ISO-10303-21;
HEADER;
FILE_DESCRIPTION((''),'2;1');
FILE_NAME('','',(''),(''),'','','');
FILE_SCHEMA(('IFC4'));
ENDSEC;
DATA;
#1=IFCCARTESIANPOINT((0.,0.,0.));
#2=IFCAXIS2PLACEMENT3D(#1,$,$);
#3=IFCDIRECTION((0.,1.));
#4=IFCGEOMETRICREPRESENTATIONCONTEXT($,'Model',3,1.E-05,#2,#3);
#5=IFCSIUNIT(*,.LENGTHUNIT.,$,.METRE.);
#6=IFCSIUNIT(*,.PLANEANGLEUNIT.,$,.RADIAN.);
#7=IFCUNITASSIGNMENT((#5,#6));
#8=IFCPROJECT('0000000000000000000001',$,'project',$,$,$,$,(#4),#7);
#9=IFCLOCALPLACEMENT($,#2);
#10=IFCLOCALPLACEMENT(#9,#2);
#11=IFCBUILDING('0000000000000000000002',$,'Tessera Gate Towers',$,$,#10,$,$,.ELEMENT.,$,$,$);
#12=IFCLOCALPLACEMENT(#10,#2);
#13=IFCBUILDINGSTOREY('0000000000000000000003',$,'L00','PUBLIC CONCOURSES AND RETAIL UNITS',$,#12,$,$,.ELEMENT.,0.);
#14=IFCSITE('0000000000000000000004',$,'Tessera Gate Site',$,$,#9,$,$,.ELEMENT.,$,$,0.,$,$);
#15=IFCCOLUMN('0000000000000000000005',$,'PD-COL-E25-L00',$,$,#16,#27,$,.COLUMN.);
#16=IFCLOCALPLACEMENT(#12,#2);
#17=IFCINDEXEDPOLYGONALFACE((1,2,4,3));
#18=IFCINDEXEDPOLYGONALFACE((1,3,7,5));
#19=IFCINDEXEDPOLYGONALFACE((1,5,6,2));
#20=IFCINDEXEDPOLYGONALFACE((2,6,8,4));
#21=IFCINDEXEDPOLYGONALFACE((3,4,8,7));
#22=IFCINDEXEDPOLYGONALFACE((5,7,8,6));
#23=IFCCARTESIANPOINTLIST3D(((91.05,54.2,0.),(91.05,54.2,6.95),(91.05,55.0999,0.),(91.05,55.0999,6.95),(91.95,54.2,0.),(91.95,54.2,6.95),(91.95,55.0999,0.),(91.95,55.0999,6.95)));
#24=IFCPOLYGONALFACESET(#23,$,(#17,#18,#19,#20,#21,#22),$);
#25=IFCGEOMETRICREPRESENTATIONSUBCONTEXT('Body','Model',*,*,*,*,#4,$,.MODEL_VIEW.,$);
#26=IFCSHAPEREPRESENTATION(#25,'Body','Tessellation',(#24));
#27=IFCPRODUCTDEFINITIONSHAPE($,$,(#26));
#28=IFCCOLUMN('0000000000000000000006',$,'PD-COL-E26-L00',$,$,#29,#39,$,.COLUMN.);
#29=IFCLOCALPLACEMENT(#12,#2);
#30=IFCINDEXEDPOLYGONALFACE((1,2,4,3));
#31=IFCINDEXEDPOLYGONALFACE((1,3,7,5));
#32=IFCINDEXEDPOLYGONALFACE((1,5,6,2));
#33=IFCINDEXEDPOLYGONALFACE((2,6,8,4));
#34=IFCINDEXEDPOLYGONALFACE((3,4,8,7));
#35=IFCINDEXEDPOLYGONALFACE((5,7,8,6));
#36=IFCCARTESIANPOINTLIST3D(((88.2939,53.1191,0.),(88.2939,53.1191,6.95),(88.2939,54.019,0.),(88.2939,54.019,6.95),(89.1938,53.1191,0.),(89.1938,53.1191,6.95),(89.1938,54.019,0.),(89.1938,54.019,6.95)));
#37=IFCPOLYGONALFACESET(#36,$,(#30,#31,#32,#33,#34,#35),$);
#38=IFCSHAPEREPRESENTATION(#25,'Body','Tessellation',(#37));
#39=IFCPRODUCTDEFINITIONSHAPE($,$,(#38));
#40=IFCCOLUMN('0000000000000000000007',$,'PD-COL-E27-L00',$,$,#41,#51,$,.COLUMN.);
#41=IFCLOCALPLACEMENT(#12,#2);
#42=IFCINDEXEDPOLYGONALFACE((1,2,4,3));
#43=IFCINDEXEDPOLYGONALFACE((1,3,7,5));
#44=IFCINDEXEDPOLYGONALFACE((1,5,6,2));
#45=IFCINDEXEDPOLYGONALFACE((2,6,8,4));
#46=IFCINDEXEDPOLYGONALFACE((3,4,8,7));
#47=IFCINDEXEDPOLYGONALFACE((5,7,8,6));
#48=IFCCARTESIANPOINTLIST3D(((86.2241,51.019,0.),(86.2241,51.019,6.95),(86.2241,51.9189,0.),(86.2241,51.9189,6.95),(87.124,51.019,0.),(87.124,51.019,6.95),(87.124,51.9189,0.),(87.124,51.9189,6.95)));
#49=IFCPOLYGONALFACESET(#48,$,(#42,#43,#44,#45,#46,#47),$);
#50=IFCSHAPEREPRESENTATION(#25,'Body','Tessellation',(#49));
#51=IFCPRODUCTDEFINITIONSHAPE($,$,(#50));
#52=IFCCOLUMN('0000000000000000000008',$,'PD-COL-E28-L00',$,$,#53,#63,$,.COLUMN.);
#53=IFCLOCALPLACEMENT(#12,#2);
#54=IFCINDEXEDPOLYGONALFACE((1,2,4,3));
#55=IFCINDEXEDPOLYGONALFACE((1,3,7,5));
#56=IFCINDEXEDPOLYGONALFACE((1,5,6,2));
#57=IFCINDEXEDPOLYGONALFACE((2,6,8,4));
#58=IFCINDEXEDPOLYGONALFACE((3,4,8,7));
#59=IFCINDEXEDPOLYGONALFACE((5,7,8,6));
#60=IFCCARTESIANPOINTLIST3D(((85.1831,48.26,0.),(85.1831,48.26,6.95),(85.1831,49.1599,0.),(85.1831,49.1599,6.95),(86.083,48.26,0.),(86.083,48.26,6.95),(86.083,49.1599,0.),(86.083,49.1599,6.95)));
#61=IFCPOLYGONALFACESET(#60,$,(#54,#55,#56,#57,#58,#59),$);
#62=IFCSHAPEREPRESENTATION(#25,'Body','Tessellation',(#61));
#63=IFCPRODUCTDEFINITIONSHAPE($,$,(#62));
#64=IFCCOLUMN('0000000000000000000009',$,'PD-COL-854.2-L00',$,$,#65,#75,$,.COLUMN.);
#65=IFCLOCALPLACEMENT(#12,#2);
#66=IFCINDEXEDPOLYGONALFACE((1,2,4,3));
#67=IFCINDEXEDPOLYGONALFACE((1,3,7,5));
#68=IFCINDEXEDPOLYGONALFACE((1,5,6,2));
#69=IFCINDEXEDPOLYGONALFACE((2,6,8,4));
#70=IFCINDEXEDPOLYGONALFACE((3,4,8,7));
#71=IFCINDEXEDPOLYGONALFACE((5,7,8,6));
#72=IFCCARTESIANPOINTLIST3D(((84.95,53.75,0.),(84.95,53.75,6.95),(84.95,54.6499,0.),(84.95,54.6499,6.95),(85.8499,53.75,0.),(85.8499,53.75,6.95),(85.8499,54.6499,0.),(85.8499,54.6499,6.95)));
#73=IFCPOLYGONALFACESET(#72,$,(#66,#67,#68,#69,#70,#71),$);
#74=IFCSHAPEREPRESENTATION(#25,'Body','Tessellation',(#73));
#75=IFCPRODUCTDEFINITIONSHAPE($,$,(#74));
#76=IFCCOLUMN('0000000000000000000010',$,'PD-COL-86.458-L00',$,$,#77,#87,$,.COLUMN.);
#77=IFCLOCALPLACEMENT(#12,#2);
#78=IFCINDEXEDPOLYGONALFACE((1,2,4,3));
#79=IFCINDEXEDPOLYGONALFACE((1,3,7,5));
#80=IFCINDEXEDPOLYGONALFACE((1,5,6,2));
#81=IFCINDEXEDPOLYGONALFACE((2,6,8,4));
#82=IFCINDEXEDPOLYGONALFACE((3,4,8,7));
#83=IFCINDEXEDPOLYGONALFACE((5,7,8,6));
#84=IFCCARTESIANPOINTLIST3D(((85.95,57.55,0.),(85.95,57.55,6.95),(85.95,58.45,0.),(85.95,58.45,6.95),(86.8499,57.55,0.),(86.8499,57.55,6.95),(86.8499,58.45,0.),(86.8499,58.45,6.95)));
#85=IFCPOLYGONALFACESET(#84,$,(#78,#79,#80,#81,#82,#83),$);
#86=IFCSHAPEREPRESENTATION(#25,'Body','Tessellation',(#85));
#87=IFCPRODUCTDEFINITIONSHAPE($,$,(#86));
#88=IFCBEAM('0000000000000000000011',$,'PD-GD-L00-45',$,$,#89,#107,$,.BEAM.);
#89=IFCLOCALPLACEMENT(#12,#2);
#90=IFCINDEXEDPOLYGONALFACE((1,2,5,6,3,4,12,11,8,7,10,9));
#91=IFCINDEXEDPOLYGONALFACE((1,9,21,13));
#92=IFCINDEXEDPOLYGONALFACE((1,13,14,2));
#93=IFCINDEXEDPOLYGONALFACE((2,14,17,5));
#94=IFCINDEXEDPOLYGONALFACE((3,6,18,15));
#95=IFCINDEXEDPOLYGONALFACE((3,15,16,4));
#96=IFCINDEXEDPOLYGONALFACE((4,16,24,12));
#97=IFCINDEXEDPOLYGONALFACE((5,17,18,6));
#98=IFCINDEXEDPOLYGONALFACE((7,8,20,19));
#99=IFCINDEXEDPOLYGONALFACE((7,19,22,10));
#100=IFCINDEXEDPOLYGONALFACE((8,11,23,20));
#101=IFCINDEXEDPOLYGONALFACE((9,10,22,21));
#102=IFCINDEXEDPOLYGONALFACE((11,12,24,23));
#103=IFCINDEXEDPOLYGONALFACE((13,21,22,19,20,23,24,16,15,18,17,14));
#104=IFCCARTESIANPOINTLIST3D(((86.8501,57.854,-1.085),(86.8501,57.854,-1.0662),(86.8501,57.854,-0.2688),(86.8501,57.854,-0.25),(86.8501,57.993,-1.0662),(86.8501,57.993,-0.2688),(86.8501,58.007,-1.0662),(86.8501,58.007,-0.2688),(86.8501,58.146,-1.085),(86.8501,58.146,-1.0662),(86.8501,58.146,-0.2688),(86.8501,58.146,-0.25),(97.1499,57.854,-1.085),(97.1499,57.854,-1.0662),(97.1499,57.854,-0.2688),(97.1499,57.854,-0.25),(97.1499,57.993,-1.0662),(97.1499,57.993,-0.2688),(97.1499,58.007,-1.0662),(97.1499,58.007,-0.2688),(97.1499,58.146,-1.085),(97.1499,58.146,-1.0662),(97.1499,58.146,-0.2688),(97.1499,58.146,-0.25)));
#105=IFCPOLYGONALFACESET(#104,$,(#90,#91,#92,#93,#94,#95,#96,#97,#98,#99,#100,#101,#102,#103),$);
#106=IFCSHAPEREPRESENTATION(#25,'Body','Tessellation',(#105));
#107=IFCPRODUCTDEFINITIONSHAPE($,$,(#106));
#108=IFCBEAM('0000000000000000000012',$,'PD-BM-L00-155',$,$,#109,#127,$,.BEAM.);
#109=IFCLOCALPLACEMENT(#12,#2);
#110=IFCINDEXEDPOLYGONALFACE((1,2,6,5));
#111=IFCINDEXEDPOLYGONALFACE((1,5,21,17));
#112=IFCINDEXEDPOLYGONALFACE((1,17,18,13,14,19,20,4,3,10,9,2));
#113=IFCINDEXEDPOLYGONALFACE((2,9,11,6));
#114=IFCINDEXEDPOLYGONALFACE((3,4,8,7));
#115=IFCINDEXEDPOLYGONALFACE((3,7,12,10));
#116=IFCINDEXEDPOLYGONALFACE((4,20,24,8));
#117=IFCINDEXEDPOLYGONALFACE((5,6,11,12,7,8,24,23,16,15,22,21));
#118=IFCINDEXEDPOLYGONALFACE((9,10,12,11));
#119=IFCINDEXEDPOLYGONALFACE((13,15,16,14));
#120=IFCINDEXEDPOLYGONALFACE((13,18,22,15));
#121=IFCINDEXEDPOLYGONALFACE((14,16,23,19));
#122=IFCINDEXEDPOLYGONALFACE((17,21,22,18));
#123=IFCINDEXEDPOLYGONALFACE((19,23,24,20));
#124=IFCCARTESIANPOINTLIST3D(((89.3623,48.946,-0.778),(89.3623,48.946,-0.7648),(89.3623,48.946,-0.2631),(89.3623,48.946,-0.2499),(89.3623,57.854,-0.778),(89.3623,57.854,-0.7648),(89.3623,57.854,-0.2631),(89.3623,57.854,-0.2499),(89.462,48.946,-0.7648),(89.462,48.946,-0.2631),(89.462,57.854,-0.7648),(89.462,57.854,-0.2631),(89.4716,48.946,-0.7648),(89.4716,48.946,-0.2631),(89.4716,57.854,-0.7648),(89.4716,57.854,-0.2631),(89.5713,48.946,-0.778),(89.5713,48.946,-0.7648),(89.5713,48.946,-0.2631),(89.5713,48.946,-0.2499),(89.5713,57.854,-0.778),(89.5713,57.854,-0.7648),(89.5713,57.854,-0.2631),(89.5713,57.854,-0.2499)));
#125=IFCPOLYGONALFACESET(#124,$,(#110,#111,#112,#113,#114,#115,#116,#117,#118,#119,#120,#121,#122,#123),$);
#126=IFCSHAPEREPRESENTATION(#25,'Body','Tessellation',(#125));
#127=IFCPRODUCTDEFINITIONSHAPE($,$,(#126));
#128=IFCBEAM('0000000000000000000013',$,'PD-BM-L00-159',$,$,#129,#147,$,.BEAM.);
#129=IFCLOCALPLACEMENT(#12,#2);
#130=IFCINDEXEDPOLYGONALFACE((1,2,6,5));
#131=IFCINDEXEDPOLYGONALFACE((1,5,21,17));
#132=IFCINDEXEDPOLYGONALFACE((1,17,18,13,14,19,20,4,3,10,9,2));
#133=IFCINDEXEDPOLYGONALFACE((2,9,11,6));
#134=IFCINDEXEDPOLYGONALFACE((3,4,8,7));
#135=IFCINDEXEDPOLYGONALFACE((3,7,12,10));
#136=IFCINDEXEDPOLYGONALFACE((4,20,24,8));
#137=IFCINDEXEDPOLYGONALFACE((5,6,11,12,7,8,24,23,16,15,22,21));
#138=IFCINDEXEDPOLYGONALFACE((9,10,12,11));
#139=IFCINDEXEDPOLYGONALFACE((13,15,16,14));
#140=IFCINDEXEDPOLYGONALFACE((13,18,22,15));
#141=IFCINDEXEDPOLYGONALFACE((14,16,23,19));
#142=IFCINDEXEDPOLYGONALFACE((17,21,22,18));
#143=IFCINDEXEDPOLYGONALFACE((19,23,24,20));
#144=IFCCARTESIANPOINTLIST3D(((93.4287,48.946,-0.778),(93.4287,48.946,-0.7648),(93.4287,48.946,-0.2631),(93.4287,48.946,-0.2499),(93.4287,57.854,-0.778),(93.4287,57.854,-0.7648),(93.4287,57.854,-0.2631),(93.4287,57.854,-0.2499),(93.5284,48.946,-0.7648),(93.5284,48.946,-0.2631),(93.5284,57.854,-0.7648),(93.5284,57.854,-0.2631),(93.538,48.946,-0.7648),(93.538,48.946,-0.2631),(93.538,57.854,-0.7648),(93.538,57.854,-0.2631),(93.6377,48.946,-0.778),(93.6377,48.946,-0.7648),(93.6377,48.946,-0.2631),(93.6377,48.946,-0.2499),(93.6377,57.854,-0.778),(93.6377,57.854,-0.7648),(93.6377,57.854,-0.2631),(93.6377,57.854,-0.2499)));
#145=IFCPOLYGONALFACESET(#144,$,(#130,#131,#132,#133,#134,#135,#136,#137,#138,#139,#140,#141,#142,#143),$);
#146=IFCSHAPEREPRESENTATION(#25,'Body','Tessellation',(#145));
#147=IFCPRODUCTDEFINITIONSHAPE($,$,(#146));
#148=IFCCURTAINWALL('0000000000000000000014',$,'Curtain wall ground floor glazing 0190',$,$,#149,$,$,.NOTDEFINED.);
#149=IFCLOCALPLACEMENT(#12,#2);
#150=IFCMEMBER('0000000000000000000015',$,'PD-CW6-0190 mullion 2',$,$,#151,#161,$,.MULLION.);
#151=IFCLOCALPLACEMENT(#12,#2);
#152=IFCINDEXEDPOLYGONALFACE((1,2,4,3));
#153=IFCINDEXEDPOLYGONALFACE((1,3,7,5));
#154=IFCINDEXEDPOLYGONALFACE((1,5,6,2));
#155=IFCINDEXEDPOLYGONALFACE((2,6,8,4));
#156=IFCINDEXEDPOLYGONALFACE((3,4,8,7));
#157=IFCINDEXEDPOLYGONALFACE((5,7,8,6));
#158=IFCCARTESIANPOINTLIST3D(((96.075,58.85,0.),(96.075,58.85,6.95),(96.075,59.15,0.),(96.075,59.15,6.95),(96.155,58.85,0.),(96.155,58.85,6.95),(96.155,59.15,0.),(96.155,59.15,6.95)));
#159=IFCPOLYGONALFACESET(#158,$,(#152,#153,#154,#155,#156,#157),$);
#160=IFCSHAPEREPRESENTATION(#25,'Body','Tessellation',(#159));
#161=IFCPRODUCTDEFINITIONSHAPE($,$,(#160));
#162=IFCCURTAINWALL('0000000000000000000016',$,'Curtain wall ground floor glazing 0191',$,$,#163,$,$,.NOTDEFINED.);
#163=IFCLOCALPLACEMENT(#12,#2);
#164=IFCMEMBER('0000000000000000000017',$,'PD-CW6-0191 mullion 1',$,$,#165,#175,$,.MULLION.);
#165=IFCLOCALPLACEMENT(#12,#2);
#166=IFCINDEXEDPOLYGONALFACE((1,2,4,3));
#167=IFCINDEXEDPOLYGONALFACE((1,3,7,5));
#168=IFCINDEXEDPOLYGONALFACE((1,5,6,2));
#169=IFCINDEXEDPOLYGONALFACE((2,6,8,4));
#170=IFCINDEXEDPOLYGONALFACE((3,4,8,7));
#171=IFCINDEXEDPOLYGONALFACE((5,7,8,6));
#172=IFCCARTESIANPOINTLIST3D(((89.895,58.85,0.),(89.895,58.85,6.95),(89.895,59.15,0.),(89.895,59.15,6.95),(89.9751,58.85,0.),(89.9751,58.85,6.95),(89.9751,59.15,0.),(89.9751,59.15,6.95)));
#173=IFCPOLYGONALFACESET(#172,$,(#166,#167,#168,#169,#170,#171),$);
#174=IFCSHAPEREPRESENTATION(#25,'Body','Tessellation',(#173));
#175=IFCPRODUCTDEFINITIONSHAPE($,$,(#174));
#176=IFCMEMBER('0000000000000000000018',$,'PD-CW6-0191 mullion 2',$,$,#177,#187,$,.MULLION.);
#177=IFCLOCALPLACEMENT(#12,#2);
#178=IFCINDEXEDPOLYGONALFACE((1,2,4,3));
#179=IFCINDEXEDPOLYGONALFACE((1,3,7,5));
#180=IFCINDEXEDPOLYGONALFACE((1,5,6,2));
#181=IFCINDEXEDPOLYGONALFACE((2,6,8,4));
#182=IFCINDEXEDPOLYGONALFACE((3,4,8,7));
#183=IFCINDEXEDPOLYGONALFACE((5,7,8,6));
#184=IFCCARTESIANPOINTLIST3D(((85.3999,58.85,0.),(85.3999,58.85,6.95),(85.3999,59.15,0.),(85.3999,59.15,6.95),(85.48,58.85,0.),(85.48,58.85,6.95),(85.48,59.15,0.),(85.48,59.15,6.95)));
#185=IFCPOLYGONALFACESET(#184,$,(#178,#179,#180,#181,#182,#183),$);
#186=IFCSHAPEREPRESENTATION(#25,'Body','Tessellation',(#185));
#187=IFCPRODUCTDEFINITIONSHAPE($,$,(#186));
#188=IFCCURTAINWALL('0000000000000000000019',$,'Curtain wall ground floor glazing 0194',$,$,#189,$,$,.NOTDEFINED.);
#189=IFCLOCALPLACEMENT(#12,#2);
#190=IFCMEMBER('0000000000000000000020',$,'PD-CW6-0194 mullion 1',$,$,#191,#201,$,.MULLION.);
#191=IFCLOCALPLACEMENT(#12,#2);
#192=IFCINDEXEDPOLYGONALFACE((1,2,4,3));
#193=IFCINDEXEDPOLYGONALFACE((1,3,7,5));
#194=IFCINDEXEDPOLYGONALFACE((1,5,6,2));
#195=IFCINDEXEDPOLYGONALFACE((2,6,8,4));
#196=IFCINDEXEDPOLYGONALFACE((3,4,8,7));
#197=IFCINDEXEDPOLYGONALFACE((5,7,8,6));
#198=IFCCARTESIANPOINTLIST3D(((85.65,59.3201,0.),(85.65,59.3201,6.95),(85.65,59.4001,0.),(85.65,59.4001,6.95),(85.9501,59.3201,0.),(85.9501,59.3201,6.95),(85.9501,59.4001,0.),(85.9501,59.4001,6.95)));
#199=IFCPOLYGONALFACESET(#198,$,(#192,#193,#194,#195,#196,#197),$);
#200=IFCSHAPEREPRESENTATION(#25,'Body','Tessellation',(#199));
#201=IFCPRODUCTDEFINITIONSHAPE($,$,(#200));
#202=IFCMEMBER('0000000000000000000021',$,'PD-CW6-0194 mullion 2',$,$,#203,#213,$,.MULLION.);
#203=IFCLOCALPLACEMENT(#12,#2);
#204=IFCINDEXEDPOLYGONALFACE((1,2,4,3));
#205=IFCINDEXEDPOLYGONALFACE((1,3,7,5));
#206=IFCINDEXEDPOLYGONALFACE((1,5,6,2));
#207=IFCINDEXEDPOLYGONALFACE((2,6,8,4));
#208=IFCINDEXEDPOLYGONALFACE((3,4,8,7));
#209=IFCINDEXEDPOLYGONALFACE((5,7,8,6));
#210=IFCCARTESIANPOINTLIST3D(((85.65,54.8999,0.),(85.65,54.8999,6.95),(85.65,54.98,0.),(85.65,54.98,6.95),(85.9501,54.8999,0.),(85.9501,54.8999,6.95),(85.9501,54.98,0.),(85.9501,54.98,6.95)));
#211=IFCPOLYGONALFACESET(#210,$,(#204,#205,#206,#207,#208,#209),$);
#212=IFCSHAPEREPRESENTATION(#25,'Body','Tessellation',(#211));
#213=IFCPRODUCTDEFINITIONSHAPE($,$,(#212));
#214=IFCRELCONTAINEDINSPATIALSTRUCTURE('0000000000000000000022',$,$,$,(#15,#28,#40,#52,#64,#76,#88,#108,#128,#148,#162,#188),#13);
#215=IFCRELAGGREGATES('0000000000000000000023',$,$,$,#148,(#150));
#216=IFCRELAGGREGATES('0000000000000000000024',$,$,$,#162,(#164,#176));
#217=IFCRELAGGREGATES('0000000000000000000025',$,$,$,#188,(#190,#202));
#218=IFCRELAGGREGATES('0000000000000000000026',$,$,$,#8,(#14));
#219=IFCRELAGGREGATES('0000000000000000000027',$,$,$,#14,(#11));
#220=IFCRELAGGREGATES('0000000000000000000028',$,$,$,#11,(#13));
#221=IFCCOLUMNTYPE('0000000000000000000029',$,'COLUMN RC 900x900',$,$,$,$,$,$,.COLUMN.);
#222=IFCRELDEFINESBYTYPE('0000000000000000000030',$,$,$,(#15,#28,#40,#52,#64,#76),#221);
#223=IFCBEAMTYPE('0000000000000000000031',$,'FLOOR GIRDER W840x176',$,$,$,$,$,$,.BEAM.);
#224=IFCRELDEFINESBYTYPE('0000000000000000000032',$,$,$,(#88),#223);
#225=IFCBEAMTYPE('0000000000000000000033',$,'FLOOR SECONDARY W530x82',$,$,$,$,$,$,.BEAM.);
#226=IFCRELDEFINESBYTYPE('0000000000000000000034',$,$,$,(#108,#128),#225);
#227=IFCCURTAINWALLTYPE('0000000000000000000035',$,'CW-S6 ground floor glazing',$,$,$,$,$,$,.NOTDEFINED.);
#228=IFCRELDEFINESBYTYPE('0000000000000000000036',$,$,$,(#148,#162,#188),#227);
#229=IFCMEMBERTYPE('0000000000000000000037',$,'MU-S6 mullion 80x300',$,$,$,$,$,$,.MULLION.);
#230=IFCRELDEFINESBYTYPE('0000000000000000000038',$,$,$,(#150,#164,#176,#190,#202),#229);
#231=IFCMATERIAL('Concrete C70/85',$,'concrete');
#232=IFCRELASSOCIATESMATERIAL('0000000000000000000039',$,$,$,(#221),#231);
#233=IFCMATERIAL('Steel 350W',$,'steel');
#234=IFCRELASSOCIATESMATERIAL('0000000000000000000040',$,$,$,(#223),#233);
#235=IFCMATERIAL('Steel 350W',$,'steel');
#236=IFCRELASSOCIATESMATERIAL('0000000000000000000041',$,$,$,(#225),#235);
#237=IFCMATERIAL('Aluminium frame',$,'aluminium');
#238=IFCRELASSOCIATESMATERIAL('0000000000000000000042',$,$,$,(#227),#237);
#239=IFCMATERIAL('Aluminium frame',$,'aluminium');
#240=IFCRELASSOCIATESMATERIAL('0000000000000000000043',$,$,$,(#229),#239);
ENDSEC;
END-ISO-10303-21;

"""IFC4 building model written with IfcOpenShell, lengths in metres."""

from ifc_helpers import new_model, si_unit, direction, frame, origin, origin_2d, place, context, subcontext, project, spatial, rectangle, i_section, extrude, material, material_profile, profile_set, type_object, element, aggregate, save


model = new_model("IFC4")

# Units and contexts
model_context = context("Model", 3, precision=1e-05, world=origin(), true_north=direction((0.0, 1.0)))
body_context = subcontext(model_context, "Body", "Model", "MODEL_VIEW")
ifc_project = project(units=[si_unit("LENGTHUNIT", "METRE"), si_unit("PLANEANGLEUNIT", "RADIAN")], contexts=[model_context])

# Site, building, storey
site_placement = place(None, origin())
site = spatial("IfcSite", under=ifc_project, at=site_placement, Name="Tessera Gate Site", CompositionType="ELEMENT", RefElevation=0.0)
building_placement = place(site_placement, origin())
building = spatial("IfcBuilding", under=site, at=building_placement, Name="Tessera Gate Towers", CompositionType="ELEMENT")
storey_placement = place(building_placement, origin())
storey = spatial("IfcBuildingStorey", under=building, at=storey_placement, Name="L00", Description="PUBLIC CONCOURSES AND RETAIL UNITS", CompositionType="ELEMENT", Elevation=0.0)

# Columns
ifc_material_1 = material(Name="Concrete C70/85", Category="concrete")
ifc_material_profile_1 = material_profile(ifc_material_1, rectangle(XDim=0.8999, YDim=0.8999, at=origin_2d()), Name="RC 900x900")
ifc_profile_set_1 = profile_set([ifc_material_profile_1], Name="Concrete C70/85")
column_type = type_object("IfcColumnType", Name="COLUMN RC 900x900", PredefinedType="COLUMN", material=ifc_profile_set_1)
for number, where, z_axis, x_axis, name in (
    (1, (91.5, 54.6499, 0.0), (0.0, 0.0, 1.0), (1.0, 0.0, 0.0), "PD-COL-E25-L00"),
    (2, (88.7439, 53.5691, 0.0), (0.0, 0.0, 1.0), (1.0, 0.0, 0.0), "PD-COL-E26-L00"),
    (3, (86.6741, 51.469, 0.0), (0.0, 0.0, 1.0), (1.0, 0.0, 0.0), "PD-COL-E27-L00"),
    (4, (85.6331, 48.71, 0.0), (0.0, 0.0, 1.0), (1.0, 0.0, 0.0), "PD-COL-E28-L00"),
    (5, (85.3999, 54.2, 0.0), (0.0, 0.0, 1.0), (1.0, 0.0, 0.0), "PD-COL-854.2-L00"),
    (6, (86.3999, 58.0, 0.0), (0.0, 0.0, 1.0), (1.0, 0.0, 0.0), "PD-COL-86.458-L00"),
):
    element("IfcColumn", number, at=place(storey_placement, frame(where, z_axis=z_axis, x_axis=x_axis)), inside=storey, type_object=column_type, Name=name, PredefinedType="COLUMN", context=body_context, shape_type="SweptSolid", body=[
        extrude(rectangle(XDim=0.8999, YDim=0.8999, at=origin_2d()), origin(), (0.0, 0.0, 1.0), 6.95),
    ])

# Beams
ifc_material_2 = material(Name="Steel 350W", Category="steel")
ifc_material_profile_2 = material_profile(ifc_material_2, i_section(OverallWidth=0.292, OverallDepth=0.835, WebThickness=0.0139, FlangeThickness=0.0188, at=origin_2d()), Name="W840x176")
ifc_profile_set_2 = profile_set([ifc_material_profile_2], Name="Steel 350W")
beam_type_1 = type_object("IfcBeamType", Name="FLOOR GIRDER W840x176", PredefinedType="BEAM", material=ifc_profile_set_2)
beam_placement = place(storey_placement, frame((86.8501, 58.0, -0.6675), z_axis=(1.0, 0.0, 0.0), x_axis=(0.0, 1.0, 0.0)))
element("IfcBeam", 7, at=beam_placement, inside=storey, type_object=beam_type_1, Name="PD-GD-L00-45", PredefinedType="BEAM", context=body_context, shape_type="SweptSolid", body=[
    extrude(i_section(OverallWidth=0.292, OverallDepth=0.835, WebThickness=0.0139, FlangeThickness=0.0188, at=origin_2d()), origin(), (0.0, 0.0, 1.0), 10.2998),
])
ifc_material_3 = material(Name="Steel 350W", Category="steel")
ifc_material_profile_3 = material_profile(ifc_material_3, i_section(OverallWidth=0.209, OverallDepth=0.5281, WebThickness=0.0095, FlangeThickness=0.0132, at=origin_2d()), Name="W530x82")
ifc_profile_set_3 = profile_set([ifc_material_profile_3], Name="Steel 350W")
beam_type_2 = type_object("IfcBeamType", Name="FLOOR SECONDARY W530x82", PredefinedType="BEAM", material=ifc_profile_set_3)
for number, where, z_axis, x_axis, name in (
    (8, (89.4668, 48.946, -0.5139), (0.0, 1.0, 0.0), (-1.0, 0.0, 0.0), "PD-BM-L00-155"),
    (9, (93.5332, 48.946, -0.5139), (0.0, 1.0, 0.0), (-1.0, 0.0, 0.0), "PD-BM-L00-159"),
):
    element("IfcBeam", number, at=place(storey_placement, frame(where, z_axis=z_axis, x_axis=x_axis)), inside=storey, type_object=beam_type_2, Name=name, PredefinedType="BEAM", context=body_context, shape_type="SweptSolid", body=[
        extrude(i_section(OverallWidth=0.209, OverallDepth=0.5281, WebThickness=0.0095, FlangeThickness=0.0132, at=origin_2d()), origin(), (0.0, 0.0, 1.0), 8.908),
    ])

# Curtain wall, member
ifc_material_4 = material(Name="Aluminium frame", Category="aluminium")
curtain_wall_type = type_object("IfcCurtainWallType", Name="CW-S6 ground floor glazing", PredefinedType="NOTDEFINED", material=ifc_material_4)
curtain_wall_1_placement = place(storey_placement, origin())
curtain_wall_1 = element("IfcCurtainWall", 10, at=curtain_wall_1_placement, inside=storey, type_object=curtain_wall_type, Name="Curtain wall ground floor glazing 0190", PredefinedType="NOTDEFINED")
ifc_material_5 = material(Name="Aluminium frame", Category="aluminium")
ifc_material_profile_4 = material_profile(ifc_material_5, rectangle(XDim=0.0801, YDim=0.3, at=origin_2d()), Name="AL 80x300")
ifc_profile_set_4 = profile_set([ifc_material_profile_4], Name="Aluminium frame")
member_type_1 = type_object("IfcMemberType", Name="MU-S6 mullion 80x300", PredefinedType="MULLION", material=ifc_profile_set_4)
member_1_placement = place(storey_placement, frame((96.115, 59.0, 0.0), z_axis=(0.0, 0.0, 1.0), x_axis=(-1.0, 0.0, 0.0)))
member_1 = element("IfcMember", 11, at=member_1_placement, type_object=member_type_1, Name="PD-CW6-0190 mullion 2", PredefinedType="MULLION", context=body_context, shape_type="SweptSolid", body=[
    extrude(rectangle(XDim=0.0801, YDim=0.3, at=origin_2d()), origin(), (0.0, 0.0, 1.0), 6.95),
])
aggregate(curtain_wall_1, [member_1])

# Curtain walls, members
curtain_wall_2_placement = place(storey_placement, origin())
curtain_wall_2 = element("IfcCurtainWall", 12, at=curtain_wall_2_placement, inside=storey, type_object=curtain_wall_type, Name="Curtain wall ground floor glazing 0191", PredefinedType="NOTDEFINED")
member_2_placement = place(storey_placement, frame((89.9351, 59.0, 0.0), z_axis=(0.0, 0.0, 1.0), x_axis=(-1.0, 0.0, 0.0)))
member_2 = element("IfcMember", 13, at=member_2_placement, type_object=member_type_1, Name="PD-CW6-0191 mullion 1", PredefinedType="MULLION", context=body_context, shape_type="SweptSolid", body=[
    extrude(rectangle(XDim=0.0801, YDim=0.3, at=origin_2d()), origin(), (0.0, 0.0, 1.0), 6.95),
])
member_3_placement = place(storey_placement, frame((85.4399, 59.0, 0.0), z_axis=(0.0, 0.0, 1.0), x_axis=(-1.0, 0.0, 0.0)))
member_3 = element("IfcMember", 14, at=member_3_placement, type_object=member_type_1, Name="PD-CW6-0191 mullion 2", PredefinedType="MULLION", context=body_context, shape_type="SweptSolid", body=[
    extrude(rectangle(XDim=0.0801, YDim=0.3, at=origin_2d()), origin(), (0.0, 0.0, 1.0), 6.95),
])
curtain_wall_3_placement = place(storey_placement, origin())
curtain_wall_3 = element("IfcCurtainWall", 15, at=curtain_wall_3_placement, inside=storey, type_object=curtain_wall_type, Name="Curtain wall ground floor glazing 0194", PredefinedType="NOTDEFINED")
member_4_placement = place(storey_placement, frame((85.8, 59.3601, 0.0), z_axis=(0.0, 0.0, 1.0), x_axis=(0.0, -1.0, 0.0)))
member_4 = element("IfcMember", 16, at=member_4_placement, type_object=member_type_1, Name="PD-CW6-0194 mullion 1", PredefinedType="MULLION", context=body_context, shape_type="SweptSolid", body=[
    extrude(rectangle(XDim=0.0801, YDim=0.3, at=origin_2d()), origin(), (0.0, 0.0, 1.0), 6.95),
])
member_5_placement = place(storey_placement, frame((85.8, 54.9399, 0.0), z_axis=(0.0, 0.0, 1.0), x_axis=(0.0, -1.0, 0.0)))
member_5 = element("IfcMember", 17, at=member_5_placement, type_object=member_type_1, Name="PD-CW6-0194 mullion 2", PredefinedType="MULLION", context=body_context, shape_type="SweptSolid", body=[
    extrude(rectangle(XDim=0.0801, YDim=0.3, at=origin_2d()), origin(), (0.0, 0.0, 1.0), 6.95),
])

aggregate(curtain_wall_2, [member_2, member_3])
aggregate(curtain_wall_3, [member_4, member_5])

save(model, "model.ifc")
